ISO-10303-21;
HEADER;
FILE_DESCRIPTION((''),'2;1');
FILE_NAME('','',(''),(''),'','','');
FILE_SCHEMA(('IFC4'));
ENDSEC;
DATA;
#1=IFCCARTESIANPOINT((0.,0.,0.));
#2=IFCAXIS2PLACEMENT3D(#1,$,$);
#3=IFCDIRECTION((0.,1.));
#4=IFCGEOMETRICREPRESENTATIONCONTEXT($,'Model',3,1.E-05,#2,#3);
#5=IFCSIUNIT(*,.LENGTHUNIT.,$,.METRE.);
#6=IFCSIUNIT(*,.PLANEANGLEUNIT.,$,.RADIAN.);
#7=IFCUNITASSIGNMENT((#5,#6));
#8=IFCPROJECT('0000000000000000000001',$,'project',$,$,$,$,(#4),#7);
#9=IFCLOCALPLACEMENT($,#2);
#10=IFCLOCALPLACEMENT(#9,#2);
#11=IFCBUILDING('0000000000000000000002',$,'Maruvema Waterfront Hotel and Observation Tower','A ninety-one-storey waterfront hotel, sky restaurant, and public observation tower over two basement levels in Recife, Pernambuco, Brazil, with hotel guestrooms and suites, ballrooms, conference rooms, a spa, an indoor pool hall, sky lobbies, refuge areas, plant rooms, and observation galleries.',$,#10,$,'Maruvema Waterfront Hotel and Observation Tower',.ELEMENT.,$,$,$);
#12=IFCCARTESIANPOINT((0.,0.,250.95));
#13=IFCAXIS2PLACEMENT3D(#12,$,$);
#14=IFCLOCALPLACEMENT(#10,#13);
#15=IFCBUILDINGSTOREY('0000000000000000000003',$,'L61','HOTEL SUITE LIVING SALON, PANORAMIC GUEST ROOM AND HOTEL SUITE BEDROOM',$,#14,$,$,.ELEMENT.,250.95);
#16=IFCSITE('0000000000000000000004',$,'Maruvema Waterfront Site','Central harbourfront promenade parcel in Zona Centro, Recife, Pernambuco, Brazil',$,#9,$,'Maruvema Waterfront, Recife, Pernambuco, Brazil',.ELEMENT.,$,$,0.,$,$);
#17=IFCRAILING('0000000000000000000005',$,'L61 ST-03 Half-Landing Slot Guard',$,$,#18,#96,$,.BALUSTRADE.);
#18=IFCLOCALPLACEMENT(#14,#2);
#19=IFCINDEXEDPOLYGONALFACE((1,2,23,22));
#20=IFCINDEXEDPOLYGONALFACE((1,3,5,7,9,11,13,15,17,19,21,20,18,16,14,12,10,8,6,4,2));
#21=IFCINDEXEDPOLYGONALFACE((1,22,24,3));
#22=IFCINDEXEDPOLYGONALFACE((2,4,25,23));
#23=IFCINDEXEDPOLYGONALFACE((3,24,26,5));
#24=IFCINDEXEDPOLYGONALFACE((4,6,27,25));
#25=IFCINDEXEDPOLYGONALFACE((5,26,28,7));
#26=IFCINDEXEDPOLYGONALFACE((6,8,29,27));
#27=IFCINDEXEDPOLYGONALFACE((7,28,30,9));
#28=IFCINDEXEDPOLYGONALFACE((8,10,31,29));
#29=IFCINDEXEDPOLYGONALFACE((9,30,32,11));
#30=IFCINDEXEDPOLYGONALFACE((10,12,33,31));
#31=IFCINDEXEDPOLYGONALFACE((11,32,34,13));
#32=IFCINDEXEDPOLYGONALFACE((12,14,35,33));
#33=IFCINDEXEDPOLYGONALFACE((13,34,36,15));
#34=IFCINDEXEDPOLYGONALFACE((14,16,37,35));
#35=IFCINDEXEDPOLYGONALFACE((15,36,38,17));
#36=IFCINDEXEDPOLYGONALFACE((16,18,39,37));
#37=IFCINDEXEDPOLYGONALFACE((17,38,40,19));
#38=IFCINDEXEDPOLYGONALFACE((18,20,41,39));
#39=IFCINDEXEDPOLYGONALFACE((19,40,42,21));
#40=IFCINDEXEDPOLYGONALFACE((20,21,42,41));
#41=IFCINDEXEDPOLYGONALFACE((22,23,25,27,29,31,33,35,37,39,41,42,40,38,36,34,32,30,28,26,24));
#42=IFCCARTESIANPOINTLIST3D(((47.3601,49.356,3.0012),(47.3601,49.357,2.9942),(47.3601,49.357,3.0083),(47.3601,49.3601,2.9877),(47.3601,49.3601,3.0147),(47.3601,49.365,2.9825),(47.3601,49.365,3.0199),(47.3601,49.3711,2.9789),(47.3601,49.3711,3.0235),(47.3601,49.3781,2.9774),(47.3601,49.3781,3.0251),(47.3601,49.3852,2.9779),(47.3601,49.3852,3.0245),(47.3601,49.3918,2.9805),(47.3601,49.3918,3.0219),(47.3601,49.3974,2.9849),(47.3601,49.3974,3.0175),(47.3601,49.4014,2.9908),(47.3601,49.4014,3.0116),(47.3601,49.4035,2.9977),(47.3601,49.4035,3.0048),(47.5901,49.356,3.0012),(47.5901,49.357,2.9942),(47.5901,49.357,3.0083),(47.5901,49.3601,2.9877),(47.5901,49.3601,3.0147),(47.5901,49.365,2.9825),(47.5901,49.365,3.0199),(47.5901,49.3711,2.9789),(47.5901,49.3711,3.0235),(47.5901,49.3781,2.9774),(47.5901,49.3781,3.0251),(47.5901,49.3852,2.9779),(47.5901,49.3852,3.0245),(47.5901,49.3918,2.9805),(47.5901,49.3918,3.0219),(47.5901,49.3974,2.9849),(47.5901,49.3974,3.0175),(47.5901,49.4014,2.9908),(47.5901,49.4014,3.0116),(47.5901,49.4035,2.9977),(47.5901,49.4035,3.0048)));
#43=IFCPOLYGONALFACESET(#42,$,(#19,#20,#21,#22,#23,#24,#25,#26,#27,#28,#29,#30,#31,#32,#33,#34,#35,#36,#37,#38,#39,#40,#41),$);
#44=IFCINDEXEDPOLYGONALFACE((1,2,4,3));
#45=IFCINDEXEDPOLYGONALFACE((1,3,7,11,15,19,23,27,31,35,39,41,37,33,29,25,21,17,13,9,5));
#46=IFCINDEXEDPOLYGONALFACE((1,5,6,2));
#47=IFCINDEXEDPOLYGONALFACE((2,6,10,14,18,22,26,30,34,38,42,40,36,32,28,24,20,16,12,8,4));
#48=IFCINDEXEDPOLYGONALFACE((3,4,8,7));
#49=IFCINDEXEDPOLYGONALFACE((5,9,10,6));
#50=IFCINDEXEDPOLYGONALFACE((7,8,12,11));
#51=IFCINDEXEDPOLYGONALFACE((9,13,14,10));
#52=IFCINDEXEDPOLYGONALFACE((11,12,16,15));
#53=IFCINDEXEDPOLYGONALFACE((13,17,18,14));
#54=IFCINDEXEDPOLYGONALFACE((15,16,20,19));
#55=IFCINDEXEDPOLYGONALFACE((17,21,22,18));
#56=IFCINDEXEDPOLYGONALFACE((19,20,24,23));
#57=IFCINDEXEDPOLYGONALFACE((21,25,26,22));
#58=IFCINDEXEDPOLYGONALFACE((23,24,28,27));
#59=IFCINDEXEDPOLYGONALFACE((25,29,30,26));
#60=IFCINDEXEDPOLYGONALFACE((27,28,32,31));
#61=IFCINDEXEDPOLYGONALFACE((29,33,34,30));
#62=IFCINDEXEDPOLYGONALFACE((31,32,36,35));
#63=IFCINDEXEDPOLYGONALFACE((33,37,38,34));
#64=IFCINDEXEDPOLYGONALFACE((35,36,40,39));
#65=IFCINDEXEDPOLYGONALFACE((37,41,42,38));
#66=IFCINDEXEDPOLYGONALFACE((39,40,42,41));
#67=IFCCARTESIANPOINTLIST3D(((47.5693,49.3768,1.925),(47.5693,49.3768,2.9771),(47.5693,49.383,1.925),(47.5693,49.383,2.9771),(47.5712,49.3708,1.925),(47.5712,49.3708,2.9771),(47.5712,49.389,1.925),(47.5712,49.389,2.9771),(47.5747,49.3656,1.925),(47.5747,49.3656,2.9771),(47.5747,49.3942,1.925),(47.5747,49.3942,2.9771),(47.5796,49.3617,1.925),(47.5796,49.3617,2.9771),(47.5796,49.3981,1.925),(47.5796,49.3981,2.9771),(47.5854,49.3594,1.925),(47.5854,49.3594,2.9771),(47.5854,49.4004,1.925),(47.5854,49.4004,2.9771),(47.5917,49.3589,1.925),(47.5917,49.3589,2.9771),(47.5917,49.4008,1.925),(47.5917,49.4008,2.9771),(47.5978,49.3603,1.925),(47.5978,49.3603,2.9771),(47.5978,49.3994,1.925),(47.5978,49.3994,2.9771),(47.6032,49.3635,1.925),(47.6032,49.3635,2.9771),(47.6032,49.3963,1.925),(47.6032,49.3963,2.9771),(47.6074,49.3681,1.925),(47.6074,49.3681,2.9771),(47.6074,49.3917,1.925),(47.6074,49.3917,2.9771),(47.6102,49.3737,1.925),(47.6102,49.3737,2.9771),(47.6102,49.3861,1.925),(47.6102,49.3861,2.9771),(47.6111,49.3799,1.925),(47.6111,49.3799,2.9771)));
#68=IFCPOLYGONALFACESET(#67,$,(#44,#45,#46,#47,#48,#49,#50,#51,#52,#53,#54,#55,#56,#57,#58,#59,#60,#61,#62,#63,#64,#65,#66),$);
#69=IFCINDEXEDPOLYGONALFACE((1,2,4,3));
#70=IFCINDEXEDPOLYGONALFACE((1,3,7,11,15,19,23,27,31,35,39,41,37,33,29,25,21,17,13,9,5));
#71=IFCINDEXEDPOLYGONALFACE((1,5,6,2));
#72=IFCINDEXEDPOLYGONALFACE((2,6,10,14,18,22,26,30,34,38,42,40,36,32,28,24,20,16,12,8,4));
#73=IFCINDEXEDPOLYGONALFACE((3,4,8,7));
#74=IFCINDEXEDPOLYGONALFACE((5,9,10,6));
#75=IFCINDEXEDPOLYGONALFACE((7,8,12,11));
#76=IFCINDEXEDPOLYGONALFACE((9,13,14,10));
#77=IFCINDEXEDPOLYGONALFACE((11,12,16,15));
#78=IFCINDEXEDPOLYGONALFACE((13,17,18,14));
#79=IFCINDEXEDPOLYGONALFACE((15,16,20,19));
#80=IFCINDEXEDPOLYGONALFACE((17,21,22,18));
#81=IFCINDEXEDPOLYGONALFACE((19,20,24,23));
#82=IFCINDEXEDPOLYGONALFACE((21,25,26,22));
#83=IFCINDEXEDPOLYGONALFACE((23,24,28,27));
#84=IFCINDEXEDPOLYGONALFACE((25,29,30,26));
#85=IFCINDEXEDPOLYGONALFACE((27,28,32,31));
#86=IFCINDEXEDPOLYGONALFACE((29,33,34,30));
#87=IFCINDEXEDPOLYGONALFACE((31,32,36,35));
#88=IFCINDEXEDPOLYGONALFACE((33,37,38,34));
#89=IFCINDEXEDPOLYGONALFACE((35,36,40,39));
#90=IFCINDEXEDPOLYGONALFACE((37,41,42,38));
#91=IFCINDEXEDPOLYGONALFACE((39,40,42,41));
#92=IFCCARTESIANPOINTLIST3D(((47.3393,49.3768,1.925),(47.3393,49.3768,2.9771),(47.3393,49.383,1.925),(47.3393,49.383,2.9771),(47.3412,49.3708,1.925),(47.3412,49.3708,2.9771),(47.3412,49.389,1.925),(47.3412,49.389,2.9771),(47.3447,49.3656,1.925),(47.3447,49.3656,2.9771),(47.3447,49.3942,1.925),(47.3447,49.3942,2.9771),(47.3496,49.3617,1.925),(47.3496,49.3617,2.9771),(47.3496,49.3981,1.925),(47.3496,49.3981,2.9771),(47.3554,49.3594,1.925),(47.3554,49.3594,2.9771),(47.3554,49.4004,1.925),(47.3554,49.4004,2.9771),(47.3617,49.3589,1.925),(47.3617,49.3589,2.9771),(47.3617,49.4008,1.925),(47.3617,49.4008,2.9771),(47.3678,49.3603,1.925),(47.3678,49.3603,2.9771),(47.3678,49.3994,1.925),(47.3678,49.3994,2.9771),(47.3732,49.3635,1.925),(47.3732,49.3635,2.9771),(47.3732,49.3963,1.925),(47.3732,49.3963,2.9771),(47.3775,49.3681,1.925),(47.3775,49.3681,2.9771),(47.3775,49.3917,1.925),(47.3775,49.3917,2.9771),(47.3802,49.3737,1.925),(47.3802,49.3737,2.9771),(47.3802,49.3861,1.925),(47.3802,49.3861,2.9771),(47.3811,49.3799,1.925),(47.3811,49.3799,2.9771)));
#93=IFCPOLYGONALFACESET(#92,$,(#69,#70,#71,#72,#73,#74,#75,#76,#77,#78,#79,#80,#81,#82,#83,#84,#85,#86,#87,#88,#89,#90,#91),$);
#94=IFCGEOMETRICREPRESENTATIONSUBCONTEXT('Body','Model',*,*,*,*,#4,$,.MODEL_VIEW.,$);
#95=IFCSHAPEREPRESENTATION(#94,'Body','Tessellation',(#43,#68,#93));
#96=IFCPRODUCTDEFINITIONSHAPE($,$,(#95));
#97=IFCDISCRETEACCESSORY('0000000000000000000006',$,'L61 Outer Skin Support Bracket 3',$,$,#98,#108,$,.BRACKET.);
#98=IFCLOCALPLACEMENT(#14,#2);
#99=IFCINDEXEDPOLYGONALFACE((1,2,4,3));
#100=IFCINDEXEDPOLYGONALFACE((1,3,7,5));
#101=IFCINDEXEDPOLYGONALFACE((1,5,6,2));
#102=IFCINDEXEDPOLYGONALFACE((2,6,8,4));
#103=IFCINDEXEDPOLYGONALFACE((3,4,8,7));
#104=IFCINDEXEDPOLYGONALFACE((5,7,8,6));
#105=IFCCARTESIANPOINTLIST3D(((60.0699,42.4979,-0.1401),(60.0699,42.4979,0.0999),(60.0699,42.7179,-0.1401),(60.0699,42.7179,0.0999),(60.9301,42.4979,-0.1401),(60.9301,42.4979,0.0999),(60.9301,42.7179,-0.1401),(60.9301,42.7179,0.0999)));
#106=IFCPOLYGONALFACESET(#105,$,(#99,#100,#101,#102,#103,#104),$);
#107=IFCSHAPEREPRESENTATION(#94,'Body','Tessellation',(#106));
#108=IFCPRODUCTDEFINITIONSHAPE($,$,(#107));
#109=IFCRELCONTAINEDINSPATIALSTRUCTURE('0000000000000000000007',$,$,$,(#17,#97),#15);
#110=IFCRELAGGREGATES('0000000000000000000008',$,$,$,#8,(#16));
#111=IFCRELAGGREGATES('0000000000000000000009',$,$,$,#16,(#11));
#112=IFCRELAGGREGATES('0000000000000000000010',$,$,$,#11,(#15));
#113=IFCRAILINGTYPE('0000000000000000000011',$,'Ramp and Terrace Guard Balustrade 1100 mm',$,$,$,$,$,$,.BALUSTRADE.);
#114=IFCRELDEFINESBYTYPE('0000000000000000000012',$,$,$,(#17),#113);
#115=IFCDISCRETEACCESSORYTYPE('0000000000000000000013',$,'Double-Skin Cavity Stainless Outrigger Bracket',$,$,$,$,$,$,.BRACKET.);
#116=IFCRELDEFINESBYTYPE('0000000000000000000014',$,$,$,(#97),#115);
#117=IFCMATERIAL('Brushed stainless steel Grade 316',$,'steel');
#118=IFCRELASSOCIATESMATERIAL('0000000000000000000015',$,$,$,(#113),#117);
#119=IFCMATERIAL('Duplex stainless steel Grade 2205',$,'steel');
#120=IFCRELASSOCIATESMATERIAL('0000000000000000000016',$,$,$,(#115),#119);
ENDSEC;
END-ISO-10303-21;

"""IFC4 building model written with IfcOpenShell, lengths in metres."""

from ifc_helpers import new_model, si_unit, direction, frame, origin, origin_2d, place, context, subcontext, project, spatial, rectangle, circle, extrude, material, type_object, element, save


model = new_model("IFC4")

# Units and contexts
model_context = context("Model", 3, precision=1e-05, world=origin(), true_north=direction((0.0, 1.0)))
body_context = subcontext(model_context, "Body", "Model", "MODEL_VIEW")
ifc_project = project(units=[si_unit("LENGTHUNIT", "METRE"), si_unit("PLANEANGLEUNIT", "RADIAN")], contexts=[model_context])

# Site, building, storey
site_placement = place(None, origin())
site = spatial("IfcSite", under=ifc_project, at=site_placement, Name="Maruvema Waterfront Site", Description="Central harbourfront promenade parcel in Zona Centro, Recife, Pernambuco, Brazil", LongName="Maruvema Waterfront, Recife, Pernambuco, Brazil", CompositionType="ELEMENT", RefElevation=0.0)
building_placement = place(site_placement, origin())
building = spatial("IfcBuilding", under=site, at=building_placement, Name="Maruvema Waterfront Hotel and Observation Tower", Description="A ninety-one-storey waterfront hotel, sky restaurant, and public observation tower over two basement levels in Recife, Pernambuco, Brazil, with hotel guestrooms and suites, ballrooms, conference rooms, a spa, an indoor pool hall, sky lobbies, refuge areas, plant rooms, and observation galleries.", LongName="Maruvema Waterfront Hotel and Observation Tower", CompositionType="ELEMENT")
storey_placement = place(building_placement, frame((0.0, 0.0, 250.95)))
storey = spatial("IfcBuildingStorey", under=building, at=storey_placement, Name="L61", Description="HOTEL SUITE LIVING SALON, PANORAMIC GUEST ROOM AND HOTEL SUITE BEDROOM", CompositionType="ELEMENT", Elevation=250.95)

# Railing
ifc_material_1 = material(Name="Brushed stainless steel Grade 316", Category="steel")
railing_type_1 = type_object("IfcRailingType", Name="Ramp and Terrace Guard Balustrade 1100 mm", PredefinedType="BALUSTRADE", material=ifc_material_1)
railing_1_placement = place(storey_placement, frame((47.5901, 49.3799, 1.925)))
element("IfcRailing", 1, at=railing_1_placement, inside=storey, type_object=railing_type_1, Name="L61 ST-03 Half-Landing Slot Guard", PredefinedType="BALUSTRADE", context=body_context, shape_type="SweptSolid", body=[
    extrude(circle(Radius=0.0239, at=origin_2d()), frame((0.0, 0.0, 1.0762), z_axis=(-1.0, 0.0, 0.0), x_axis=(0.0, -1.0, 0.0)), (0.0, 0.0, 1.0), 0.23),
    extrude(circle(Radius=0.021, at=origin_2d()), origin(), (0.0, 0.0, 1.0), 1.052),
    extrude(circle(Radius=0.021, at=origin_2d()), frame((-0.23, 0.0, 0.0)), (0.0, 0.0, 1.0), 1.052),
])

# Discrete accessory
ifc_material_2 = material(Name="Duplex stainless steel Grade 2205", Category="steel")
discrete_accessory_type = type_object("IfcDiscreteAccessoryType", Name="Double-Skin Cavity Stainless Outrigger Bracket", PredefinedType="BRACKET", material=ifc_material_2)
discrete_accessory_placement = place(storey_placement, frame((60.5, 42.6079, -0.1401), z_axis=(0.0, 0.0, 1.0), x_axis=(0.0, 1.0, 0.0)))
element("IfcDiscreteAccessory", 2, at=discrete_accessory_placement, inside=storey, type_object=discrete_accessory_type, Name="L61 Outer Skin Support Bracket 3", PredefinedType="BRACKET", context=body_context, shape_type="SweptSolid", body=[
    extrude(rectangle(XDim=0.22, YDim=0.8601, at=origin_2d()), origin(), (0.0, 0.0, 1.0), 0.24),
])

save(model, "model.ifc")
